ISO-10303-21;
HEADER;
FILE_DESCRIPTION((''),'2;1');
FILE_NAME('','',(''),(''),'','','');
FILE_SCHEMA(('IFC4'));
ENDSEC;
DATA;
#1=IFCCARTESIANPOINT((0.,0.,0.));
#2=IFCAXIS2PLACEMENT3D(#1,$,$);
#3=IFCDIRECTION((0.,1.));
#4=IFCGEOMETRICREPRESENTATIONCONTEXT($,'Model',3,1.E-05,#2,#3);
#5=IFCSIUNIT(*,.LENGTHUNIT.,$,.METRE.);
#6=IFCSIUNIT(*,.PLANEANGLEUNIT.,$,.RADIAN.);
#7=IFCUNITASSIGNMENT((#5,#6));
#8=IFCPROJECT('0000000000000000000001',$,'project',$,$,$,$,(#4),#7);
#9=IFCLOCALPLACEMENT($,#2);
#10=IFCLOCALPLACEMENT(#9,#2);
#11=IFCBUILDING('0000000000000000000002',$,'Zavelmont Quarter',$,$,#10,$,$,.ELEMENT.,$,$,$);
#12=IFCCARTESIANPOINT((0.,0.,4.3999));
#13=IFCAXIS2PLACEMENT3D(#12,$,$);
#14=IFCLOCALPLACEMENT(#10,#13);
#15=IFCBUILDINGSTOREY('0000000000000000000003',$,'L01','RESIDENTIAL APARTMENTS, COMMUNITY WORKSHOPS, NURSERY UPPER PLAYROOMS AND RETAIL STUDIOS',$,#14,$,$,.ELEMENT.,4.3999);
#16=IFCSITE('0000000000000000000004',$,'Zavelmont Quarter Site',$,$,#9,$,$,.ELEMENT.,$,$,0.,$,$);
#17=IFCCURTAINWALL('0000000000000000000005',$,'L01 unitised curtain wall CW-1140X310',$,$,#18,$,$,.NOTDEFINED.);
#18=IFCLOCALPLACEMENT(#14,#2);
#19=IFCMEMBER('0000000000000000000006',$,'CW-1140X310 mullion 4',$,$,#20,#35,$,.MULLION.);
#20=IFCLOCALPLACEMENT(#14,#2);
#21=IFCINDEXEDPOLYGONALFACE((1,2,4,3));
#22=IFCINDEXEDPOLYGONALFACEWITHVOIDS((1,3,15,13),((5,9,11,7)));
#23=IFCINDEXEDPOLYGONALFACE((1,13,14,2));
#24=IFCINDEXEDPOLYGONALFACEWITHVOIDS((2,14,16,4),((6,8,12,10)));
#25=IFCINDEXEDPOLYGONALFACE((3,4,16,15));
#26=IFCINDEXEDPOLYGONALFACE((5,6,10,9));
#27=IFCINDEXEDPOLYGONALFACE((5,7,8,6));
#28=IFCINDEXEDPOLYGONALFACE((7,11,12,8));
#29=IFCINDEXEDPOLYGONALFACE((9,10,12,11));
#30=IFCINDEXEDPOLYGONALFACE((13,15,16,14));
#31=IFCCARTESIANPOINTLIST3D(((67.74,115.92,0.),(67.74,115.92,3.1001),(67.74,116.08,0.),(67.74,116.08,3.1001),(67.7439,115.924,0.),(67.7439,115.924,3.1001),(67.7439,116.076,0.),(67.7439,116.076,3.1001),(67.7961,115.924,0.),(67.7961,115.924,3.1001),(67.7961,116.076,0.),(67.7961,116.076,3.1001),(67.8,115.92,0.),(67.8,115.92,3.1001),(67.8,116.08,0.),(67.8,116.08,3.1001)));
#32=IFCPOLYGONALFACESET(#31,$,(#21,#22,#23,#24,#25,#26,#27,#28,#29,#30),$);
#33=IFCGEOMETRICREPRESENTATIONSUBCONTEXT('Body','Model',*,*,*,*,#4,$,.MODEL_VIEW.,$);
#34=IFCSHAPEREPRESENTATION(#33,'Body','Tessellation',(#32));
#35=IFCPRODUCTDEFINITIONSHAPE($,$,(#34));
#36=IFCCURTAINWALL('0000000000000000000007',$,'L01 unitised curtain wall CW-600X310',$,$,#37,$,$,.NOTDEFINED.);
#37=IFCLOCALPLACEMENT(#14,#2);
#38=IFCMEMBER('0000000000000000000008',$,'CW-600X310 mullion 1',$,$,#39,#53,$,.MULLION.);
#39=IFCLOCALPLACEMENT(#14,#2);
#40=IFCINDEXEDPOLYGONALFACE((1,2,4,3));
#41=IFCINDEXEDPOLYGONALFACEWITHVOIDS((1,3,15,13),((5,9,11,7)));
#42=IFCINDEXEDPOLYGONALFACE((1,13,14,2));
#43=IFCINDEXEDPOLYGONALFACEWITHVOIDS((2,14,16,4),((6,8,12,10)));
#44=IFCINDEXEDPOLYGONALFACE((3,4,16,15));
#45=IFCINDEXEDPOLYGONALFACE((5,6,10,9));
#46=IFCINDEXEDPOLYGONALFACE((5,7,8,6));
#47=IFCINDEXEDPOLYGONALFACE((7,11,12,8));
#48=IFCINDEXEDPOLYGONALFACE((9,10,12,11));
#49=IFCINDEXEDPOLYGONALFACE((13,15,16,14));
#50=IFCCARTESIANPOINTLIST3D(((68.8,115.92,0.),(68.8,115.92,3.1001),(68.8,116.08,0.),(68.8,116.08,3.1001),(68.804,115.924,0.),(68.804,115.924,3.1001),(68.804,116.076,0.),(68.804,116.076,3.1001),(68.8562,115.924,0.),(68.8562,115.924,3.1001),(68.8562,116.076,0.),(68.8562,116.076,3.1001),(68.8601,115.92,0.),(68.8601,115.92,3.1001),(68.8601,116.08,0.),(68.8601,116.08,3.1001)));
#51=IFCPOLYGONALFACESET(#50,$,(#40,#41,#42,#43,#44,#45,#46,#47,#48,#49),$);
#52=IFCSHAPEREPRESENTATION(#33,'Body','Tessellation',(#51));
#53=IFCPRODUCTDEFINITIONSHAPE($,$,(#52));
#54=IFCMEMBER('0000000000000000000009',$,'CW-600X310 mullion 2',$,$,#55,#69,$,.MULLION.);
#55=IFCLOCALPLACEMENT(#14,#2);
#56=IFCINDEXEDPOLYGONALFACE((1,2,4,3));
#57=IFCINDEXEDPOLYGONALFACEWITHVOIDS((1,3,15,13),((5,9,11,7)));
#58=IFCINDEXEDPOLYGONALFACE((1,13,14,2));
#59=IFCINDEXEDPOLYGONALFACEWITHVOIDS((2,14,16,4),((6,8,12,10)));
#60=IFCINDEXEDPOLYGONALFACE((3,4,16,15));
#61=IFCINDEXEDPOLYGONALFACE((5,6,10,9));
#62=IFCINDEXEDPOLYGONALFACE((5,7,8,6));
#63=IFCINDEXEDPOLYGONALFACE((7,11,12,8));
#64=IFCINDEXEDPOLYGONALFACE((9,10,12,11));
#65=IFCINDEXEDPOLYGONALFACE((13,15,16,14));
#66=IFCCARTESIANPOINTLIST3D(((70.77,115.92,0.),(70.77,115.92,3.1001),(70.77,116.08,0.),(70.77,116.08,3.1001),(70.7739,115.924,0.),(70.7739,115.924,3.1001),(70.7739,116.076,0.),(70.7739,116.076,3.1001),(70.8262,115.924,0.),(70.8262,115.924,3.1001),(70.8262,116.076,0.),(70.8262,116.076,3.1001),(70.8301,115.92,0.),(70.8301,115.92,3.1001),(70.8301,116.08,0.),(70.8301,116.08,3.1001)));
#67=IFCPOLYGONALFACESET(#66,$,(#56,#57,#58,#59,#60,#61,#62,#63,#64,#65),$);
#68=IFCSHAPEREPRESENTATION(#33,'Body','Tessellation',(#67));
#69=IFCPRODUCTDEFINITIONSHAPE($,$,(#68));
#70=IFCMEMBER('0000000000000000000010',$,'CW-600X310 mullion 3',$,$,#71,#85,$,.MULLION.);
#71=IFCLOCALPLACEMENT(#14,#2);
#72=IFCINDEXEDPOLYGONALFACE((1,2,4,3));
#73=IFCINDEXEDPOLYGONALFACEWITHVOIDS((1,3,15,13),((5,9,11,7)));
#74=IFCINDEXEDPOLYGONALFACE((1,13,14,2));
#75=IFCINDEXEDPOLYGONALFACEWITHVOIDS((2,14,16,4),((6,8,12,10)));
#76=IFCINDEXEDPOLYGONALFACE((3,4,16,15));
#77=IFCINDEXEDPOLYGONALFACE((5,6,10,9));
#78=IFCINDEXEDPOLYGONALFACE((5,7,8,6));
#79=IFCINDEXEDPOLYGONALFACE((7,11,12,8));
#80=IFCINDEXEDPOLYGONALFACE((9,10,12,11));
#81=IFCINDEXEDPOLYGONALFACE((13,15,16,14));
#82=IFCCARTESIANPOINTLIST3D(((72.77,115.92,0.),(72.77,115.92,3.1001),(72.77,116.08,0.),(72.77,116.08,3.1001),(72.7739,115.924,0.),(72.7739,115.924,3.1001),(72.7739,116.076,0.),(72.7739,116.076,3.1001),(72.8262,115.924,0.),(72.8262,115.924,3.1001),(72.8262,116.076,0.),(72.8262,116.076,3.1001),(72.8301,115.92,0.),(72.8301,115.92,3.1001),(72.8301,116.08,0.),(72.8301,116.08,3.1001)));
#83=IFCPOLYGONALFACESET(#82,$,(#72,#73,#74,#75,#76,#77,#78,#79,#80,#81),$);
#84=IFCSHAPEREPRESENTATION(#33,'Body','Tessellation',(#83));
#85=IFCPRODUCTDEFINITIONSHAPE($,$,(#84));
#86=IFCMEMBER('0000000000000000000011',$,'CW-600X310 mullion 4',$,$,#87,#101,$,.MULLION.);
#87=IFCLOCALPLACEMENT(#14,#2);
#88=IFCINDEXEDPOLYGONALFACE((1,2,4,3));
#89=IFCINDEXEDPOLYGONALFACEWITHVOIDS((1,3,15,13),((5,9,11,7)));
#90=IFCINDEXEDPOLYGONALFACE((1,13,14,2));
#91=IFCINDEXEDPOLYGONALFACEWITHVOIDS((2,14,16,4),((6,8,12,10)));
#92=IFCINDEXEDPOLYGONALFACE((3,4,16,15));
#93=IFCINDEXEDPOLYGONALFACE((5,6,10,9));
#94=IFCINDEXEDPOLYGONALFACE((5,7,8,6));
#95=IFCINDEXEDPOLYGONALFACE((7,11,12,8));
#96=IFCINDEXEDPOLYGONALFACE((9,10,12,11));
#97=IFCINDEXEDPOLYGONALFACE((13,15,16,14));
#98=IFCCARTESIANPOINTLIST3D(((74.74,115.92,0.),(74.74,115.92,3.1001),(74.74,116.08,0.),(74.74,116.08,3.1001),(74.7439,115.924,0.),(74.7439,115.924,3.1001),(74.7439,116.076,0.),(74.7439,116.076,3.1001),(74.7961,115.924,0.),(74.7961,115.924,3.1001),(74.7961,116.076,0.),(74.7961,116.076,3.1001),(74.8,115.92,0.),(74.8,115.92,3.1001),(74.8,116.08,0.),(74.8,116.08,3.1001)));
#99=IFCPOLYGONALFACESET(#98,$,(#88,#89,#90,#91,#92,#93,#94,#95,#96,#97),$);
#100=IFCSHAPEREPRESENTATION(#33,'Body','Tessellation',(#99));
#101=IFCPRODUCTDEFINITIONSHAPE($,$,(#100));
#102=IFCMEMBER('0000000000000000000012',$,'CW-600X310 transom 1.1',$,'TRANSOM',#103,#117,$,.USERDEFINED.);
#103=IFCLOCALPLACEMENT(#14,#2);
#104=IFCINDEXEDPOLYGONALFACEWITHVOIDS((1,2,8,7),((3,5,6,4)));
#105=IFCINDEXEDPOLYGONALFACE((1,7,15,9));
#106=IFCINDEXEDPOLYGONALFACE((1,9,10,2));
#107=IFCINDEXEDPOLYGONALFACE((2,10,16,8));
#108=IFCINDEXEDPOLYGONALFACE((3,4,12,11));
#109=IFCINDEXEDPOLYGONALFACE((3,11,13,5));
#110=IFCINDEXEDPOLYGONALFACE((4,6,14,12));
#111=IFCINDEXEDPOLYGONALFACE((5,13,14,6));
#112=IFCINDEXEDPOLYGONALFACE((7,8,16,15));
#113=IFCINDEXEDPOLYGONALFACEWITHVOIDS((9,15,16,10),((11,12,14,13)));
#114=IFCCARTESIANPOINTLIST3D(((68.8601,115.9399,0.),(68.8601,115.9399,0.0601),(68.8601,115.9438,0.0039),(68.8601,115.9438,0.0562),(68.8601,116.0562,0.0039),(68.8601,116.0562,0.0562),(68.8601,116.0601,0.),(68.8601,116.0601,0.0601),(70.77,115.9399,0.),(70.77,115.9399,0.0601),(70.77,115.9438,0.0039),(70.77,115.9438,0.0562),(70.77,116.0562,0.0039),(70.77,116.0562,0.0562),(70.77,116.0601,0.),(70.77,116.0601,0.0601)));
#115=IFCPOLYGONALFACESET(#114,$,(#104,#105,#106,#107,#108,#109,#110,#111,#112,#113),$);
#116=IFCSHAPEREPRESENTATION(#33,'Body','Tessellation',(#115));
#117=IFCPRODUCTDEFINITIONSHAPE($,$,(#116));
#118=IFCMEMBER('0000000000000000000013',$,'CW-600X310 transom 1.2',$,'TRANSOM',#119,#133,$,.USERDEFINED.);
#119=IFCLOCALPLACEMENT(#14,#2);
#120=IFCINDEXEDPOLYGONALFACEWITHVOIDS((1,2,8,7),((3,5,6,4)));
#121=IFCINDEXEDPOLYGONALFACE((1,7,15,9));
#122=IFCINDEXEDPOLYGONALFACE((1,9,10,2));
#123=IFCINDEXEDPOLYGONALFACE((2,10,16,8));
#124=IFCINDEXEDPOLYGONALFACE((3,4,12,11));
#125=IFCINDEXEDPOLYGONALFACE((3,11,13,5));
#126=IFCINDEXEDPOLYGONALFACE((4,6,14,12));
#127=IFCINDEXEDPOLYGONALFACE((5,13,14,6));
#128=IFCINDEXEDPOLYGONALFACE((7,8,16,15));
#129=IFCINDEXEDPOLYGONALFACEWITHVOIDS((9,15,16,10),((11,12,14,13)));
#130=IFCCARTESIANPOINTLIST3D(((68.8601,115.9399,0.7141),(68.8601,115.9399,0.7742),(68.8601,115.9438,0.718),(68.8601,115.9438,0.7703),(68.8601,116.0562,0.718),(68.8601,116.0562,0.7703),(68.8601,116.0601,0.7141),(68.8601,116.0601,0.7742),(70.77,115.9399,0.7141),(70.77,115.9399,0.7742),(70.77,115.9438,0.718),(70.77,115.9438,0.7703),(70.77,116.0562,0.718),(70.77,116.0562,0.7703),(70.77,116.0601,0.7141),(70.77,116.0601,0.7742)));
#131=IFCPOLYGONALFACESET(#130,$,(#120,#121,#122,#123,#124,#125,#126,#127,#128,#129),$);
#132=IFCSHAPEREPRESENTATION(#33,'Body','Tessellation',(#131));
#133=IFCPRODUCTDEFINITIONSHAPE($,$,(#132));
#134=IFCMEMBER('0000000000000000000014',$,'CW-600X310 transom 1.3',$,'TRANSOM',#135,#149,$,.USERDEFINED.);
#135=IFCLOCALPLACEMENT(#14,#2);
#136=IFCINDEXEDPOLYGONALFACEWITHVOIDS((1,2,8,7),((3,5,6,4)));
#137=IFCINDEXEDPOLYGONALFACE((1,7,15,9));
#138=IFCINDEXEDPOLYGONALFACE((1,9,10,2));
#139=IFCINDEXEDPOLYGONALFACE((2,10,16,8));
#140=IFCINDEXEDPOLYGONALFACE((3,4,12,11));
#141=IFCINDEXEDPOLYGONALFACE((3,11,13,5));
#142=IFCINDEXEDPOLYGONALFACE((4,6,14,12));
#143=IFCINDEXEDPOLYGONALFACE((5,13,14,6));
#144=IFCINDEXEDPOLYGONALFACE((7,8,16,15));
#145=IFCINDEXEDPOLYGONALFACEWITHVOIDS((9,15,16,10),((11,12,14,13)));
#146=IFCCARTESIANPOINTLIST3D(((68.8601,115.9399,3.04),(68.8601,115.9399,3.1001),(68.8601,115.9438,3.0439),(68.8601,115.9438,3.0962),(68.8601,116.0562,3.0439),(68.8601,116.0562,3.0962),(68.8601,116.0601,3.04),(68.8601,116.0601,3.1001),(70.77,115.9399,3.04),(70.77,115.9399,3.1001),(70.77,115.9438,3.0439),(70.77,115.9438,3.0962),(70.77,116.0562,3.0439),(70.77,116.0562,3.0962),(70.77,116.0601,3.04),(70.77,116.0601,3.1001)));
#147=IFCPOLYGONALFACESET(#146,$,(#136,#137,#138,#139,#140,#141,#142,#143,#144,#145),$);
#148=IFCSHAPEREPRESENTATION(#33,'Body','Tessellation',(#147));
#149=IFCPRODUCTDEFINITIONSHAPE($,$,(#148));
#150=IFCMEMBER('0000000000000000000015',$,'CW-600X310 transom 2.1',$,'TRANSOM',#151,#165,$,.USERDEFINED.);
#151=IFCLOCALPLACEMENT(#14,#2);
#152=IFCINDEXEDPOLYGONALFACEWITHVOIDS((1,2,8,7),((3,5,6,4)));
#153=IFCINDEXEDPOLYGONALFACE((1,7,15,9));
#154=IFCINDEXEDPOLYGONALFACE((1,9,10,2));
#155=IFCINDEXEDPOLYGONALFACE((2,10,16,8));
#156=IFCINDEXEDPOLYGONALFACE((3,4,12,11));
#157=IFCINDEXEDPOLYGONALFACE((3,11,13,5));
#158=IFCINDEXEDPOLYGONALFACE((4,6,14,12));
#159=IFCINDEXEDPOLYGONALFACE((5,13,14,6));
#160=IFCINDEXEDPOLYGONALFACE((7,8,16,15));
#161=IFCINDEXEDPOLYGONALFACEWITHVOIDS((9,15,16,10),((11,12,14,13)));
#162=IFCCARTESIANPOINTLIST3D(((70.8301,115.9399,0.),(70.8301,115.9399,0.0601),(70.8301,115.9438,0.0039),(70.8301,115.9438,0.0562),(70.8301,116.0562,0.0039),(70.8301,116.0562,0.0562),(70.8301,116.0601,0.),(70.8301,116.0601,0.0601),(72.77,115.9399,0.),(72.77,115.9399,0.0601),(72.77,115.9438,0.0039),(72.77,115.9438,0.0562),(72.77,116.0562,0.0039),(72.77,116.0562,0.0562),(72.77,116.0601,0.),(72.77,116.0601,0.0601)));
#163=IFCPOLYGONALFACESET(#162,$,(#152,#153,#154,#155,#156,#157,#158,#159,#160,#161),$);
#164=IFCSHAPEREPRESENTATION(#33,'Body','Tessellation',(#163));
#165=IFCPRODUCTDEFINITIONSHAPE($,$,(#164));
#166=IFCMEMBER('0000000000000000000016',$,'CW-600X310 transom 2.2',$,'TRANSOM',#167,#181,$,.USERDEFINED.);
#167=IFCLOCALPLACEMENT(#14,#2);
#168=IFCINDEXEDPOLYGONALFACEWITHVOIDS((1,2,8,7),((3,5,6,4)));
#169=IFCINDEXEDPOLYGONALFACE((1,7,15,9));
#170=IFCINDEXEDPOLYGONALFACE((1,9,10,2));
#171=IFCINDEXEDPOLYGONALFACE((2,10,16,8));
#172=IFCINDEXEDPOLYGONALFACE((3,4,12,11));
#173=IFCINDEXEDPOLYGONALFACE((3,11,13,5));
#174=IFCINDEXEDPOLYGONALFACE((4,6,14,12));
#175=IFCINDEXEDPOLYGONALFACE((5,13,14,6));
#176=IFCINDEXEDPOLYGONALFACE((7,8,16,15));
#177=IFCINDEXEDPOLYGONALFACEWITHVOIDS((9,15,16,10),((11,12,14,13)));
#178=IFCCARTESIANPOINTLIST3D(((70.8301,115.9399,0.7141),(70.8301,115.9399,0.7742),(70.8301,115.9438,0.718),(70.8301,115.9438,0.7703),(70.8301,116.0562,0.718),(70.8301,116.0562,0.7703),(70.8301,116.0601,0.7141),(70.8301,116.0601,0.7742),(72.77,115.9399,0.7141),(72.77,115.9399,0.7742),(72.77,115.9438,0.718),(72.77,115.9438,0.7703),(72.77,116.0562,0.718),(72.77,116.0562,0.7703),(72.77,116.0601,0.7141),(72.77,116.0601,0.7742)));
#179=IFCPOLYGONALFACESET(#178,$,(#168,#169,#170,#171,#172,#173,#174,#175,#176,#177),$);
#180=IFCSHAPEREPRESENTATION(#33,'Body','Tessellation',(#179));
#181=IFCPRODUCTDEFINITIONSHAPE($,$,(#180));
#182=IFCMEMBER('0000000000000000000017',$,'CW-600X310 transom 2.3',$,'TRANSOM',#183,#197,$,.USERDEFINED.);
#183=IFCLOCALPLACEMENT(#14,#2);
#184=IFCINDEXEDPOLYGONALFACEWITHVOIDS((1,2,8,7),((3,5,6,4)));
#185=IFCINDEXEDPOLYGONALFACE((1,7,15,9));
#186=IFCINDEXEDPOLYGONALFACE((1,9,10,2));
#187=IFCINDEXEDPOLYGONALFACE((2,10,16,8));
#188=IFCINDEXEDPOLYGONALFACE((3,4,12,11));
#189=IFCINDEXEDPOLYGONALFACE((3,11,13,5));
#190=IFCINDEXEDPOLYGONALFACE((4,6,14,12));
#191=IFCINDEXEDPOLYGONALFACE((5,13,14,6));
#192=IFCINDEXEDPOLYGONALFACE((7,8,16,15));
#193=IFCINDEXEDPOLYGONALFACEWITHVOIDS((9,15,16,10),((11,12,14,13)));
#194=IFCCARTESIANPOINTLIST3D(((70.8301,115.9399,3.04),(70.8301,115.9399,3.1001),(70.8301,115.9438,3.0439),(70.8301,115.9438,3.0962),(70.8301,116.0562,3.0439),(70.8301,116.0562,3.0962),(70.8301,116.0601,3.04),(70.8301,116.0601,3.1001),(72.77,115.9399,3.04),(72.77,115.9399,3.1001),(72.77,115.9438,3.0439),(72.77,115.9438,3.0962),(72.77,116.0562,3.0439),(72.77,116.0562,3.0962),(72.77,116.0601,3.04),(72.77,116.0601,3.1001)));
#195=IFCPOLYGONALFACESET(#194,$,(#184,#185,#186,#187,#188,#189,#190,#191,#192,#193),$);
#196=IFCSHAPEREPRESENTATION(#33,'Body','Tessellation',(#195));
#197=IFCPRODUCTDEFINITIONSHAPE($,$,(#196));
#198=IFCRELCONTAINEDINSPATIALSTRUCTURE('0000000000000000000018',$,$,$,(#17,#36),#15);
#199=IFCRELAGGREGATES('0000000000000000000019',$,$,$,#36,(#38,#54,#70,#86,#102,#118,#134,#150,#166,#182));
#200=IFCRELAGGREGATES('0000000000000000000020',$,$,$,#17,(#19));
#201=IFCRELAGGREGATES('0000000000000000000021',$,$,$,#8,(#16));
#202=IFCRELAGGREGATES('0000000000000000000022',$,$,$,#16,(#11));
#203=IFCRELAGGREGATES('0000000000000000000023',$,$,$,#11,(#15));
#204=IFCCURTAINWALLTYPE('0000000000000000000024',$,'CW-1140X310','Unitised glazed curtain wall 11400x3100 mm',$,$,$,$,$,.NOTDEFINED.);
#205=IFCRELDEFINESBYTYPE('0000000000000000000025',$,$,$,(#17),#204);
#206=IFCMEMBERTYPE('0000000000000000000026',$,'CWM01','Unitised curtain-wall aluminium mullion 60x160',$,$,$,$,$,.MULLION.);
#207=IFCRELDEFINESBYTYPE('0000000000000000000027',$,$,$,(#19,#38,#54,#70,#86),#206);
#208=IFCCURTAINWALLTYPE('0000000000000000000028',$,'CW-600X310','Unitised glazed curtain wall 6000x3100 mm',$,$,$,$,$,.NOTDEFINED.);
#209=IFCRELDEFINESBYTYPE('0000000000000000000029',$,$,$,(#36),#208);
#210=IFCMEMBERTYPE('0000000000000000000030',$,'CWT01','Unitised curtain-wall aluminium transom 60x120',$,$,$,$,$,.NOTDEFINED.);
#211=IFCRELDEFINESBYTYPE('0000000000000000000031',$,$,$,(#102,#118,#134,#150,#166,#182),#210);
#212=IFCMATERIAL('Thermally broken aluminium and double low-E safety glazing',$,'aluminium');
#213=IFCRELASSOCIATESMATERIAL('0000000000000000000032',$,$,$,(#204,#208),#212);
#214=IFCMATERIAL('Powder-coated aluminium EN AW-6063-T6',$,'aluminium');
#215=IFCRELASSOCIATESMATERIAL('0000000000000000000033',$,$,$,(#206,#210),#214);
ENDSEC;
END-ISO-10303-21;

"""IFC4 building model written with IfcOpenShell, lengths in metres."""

from ifc_helpers import new_model, si_unit, direction, frame, origin, origin_2d, place, context, subcontext, project, spatial, hollow_rectangle, extrude, material, material_profile, profile_set, type_object, element, aggregate, save


model = new_model("IFC4")

# Units and contexts
model_context = context("Model", 3, precision=1e-05, world=origin(), true_north=direction((0.0, 1.0)))
body_context = subcontext(model_context, "Body", "Model", "MODEL_VIEW")
ifc_project = project(units=[si_unit("LENGTHUNIT", "METRE"), si_unit("PLANEANGLEUNIT", "RADIAN")], contexts=[model_context])

# Site, building, storey
site_placement = place(None, origin())
site = spatial("IfcSite", under=ifc_project, at=site_placement, Name="Zavelmont Quarter Site", CompositionType="ELEMENT", RefElevation=0.0)
building_placement = place(site_placement, origin())
building = spatial("IfcBuilding", under=site, at=building_placement, Name="Zavelmont Quarter", CompositionType="ELEMENT")
storey_placement = place(building_placement, frame((0.0, 0.0, 4.3999)))
storey = spatial("IfcBuildingStorey", under=building, at=storey_placement, Name="L01", Description="RESIDENTIAL APARTMENTS, COMMUNITY WORKSHOPS, NURSERY UPPER PLAYROOMS AND RETAIL STUDIOS", CompositionType="ELEMENT", Elevation=4.3999)

# Curtain wall, member
ifc_material_1 = material(Name="Thermally broken aluminium and double low-E safety glazing", Category="aluminium")
curtain_wall_type_1 = type_object("IfcCurtainWallType", Name="CW-1140X310", Description="Unitised glazed curtain wall 11400x3100 mm", PredefinedType="NOTDEFINED", material=ifc_material_1)
curtain_wall_1_placement = place(storey_placement, origin())
curtain_wall_1 = element("IfcCurtainWall", 1, at=curtain_wall_1_placement, inside=storey, type_object=curtain_wall_type_1, Name="L01 unitised curtain wall CW-1140X310", PredefinedType="NOTDEFINED")
ifc_material_2 = material(Name="Powder-coated aluminium EN AW-6063-T6", Category="aluminium")
ifc_material_profile_1 = material_profile(ifc_material_2, hollow_rectangle(XDim=0.0601, YDim=0.1599, WallThickness=0.0039, at=origin_2d()), Name="CWM60X160")
ifc_profile_set_1 = profile_set([ifc_material_profile_1], Name="Powder-coated aluminium EN AW-6063-T6")
member_type_1 = type_object("IfcMemberType", Name="CWM01", Description="Unitised curtain-wall aluminium mullion 60x160", PredefinedType="MULLION", material=ifc_profile_set_1)
member_1_placement = place(storey_placement, frame((67.77, 116.0, 0.0), z_axis=(0.0, 0.0, 1.0), x_axis=(1.0, 0.0, 0.0)))
member_1 = element("IfcMember", 2, at=member_1_placement, type_object=member_type_1, Name="CW-1140X310 mullion 4", PredefinedType="MULLION", context=body_context, shape_type="SweptSolid", body=[
    extrude(hollow_rectangle(XDim=0.0601, YDim=0.1599, WallThickness=0.0039, at=origin_2d()), origin(), (0.0, 0.0, 1.0), 3.1001),
])

# Curtain wall, members
curtain_wall_type_2 = type_object("IfcCurtainWallType", Name="CW-600X310", Description="Unitised glazed curtain wall 6000x3100 mm", PredefinedType="NOTDEFINED", material=ifc_material_1)
curtain_wall_2_placement = place(storey_placement, origin())
curtain_wall_2 = element("IfcCurtainWall", 3, at=curtain_wall_2_placement, inside=storey, type_object=curtain_wall_type_2, Name="L01 unitised curtain wall CW-600X310", PredefinedType="NOTDEFINED")
member_2_placement = place(storey_placement, frame((68.8301, 116.0, 0.0), z_axis=(0.0, 0.0, 1.0), x_axis=(1.0, 0.0, 0.0)))
member_2 = element("IfcMember", 4, at=member_2_placement, type_object=member_type_1, Name="CW-600X310 mullion 1", PredefinedType="MULLION", context=body_context, shape_type="SweptSolid", body=[
    extrude(hollow_rectangle(XDim=0.0601, YDim=0.1599, WallThickness=0.0039, at=origin_2d()), origin(), (0.0, 0.0, 1.0), 3.1001),
])
member_3_placement = place(storey_placement, frame((70.8, 116.0, 0.0), z_axis=(0.0, 0.0, 1.0), x_axis=(1.0, 0.0, 0.0)))
member_3 = element("IfcMember", 5, at=member_3_placement, type_object=member_type_1, Name="CW-600X310 mullion 2", PredefinedType="MULLION", context=body_context, shape_type="SweptSolid", body=[
    extrude(hollow_rectangle(XDim=0.0601, YDim=0.1599, WallThickness=0.0039, at=origin_2d()), origin(), (0.0, 0.0, 1.0), 3.1001),
])
member_4_placement = place(storey_placement, frame((72.8, 116.0, 0.0), z_axis=(0.0, 0.0, 1.0), x_axis=(1.0, 0.0, 0.0)))
member_4 = element("IfcMember", 6, at=member_4_placement, type_object=member_type_1, Name="CW-600X310 mullion 3", PredefinedType="MULLION", context=body_context, shape_type="SweptSolid", body=[
    extrude(hollow_rectangle(XDim=0.0601, YDim=0.1599, WallThickness=0.0039, at=origin_2d()), origin(), (0.0, 0.0, 1.0), 3.1001),
])
member_5_placement = place(storey_placement, frame((74.77, 116.0, 0.0), z_axis=(0.0, 0.0, 1.0), x_axis=(1.0, 0.0, 0.0)))
member_5 = element("IfcMember", 7, at=member_5_placement, type_object=member_type_1, Name="CW-600X310 mullion 4", PredefinedType="MULLION", context=body_context, shape_type="SweptSolid", body=[
    extrude(hollow_rectangle(XDim=0.0601, YDim=0.1599, WallThickness=0.0039, at=origin_2d()), origin(), (0.0, 0.0, 1.0), 3.1001),
])
ifc_material_profile_2 = material_profile(ifc_material_2, hollow_rectangle(XDim=0.1201, YDim=0.0601, WallThickness=0.0039, at=origin_2d()), Name="CWT60X120")
ifc_profile_set_2 = profile_set([ifc_material_profile_2], Name="Powder-coated aluminium EN AW-6063-T6")
member_type_2 = type_object("IfcMemberType", Name="CWT01", Description="Unitised curtain-wall aluminium transom 60x120", PredefinedType="NOTDEFINED", material=ifc_profile_set_2)
member_6_placement = place(storey_placement, frame((68.8601, 116.0, 0.03), z_axis=(1.0, 0.0, 0.0), x_axis=(0.0, 1.0, 0.0)))
member_6 = element("IfcMember", 8, at=member_6_placement, type_object=member_type_2, Name="CW-600X310 transom 1.1", ObjectType="TRANSOM", PredefinedType="USERDEFINED", context=body_context, shape_type="SweptSolid", body=[
    extrude(hollow_rectangle(XDim=0.1201, YDim=0.0601, WallThickness=0.0039, at=origin_2d()), origin(), (0.0, 0.0, 1.0), 1.9099),
])
member_7_placement = place(storey_placement, frame((68.8601, 116.0, 0.7441), z_axis=(1.0, 0.0, 0.0), x_axis=(0.0, 1.0, 0.0)))
member_7 = element("IfcMember", 9, at=member_7_placement, type_object=member_type_2, Name="CW-600X310 transom 1.2", ObjectType="TRANSOM", PredefinedType="USERDEFINED", context=body_context, shape_type="SweptSolid", body=[
    extrude(hollow_rectangle(XDim=0.1201, YDim=0.0601, WallThickness=0.0039, at=origin_2d()), origin(), (0.0, 0.0, 1.0), 1.9099),
])
member_8_placement = place(storey_placement, frame((68.8601, 116.0, 3.0701), z_axis=(1.0, 0.0, 0.0), x_axis=(0.0, 1.0, 0.0)))
member_8 = element("IfcMember", 10, at=member_8_placement, type_object=member_type_2, Name="CW-600X310 transom 1.3", ObjectType="TRANSOM", PredefinedType="USERDEFINED", context=body_context, shape_type="SweptSolid", body=[
    extrude(hollow_rectangle(XDim=0.1201, YDim=0.0601, WallThickness=0.0039, at=origin_2d()), origin(), (0.0, 0.0, 1.0), 1.9099),
])
member_9_placement = place(storey_placement, frame((70.8301, 116.0, 0.03), z_axis=(1.0, 0.0, 0.0), x_axis=(0.0, 1.0, 0.0)))
member_9 = element("IfcMember", 11, at=member_9_placement, type_object=member_type_2, Name="CW-600X310 transom 2.1", ObjectType="TRANSOM", PredefinedType="USERDEFINED", context=body_context, shape_type="SweptSolid", body=[
    extrude(hollow_rectangle(XDim=0.1201, YDim=0.0601, WallThickness=0.0039, at=origin_2d()), origin(), (0.0, 0.0, 1.0), 1.9399),
])
member_10_placement = place(storey_placement, frame((70.8301, 116.0, 0.7441), z_axis=(1.0, 0.0, 0.0), x_axis=(0.0, 1.0, 0.0)))
member_10 = element("IfcMember", 12, at=member_10_placement, type_object=member_type_2, Name="CW-600X310 transom 2.2", ObjectType="TRANSOM", PredefinedType="USERDEFINED", context=body_context, shape_type="SweptSolid", body=[
    extrude(hollow_rectangle(XDim=0.1201, YDim=0.0601, WallThickness=0.0039, at=origin_2d()), origin(), (0.0, 0.0, 1.0), 1.9399),
])
member_11_placement = place(storey_placement, frame((70.8301, 116.0, 3.0701), z_axis=(1.0, 0.0, 0.0), x_axis=(0.0, 1.0, 0.0)))
member_11 = element("IfcMember", 13, at=member_11_placement, type_object=member_type_2, Name="CW-600X310 transom 2.3", ObjectType="TRANSOM", PredefinedType="USERDEFINED", context=body_context, shape_type="SweptSolid", body=[
    extrude(hollow_rectangle(XDim=0.1201, YDim=0.0601, WallThickness=0.0039, at=origin_2d()), origin(), (0.0, 0.0, 1.0), 1.9399),
])

aggregate(curtain_wall_2, [member_2, member_3, member_4, member_5, member_6, member_7, member_8, member_9, member_10, member_11])
aggregate(curtain_wall_1, [member_1])

save(model, "model.ifc")
